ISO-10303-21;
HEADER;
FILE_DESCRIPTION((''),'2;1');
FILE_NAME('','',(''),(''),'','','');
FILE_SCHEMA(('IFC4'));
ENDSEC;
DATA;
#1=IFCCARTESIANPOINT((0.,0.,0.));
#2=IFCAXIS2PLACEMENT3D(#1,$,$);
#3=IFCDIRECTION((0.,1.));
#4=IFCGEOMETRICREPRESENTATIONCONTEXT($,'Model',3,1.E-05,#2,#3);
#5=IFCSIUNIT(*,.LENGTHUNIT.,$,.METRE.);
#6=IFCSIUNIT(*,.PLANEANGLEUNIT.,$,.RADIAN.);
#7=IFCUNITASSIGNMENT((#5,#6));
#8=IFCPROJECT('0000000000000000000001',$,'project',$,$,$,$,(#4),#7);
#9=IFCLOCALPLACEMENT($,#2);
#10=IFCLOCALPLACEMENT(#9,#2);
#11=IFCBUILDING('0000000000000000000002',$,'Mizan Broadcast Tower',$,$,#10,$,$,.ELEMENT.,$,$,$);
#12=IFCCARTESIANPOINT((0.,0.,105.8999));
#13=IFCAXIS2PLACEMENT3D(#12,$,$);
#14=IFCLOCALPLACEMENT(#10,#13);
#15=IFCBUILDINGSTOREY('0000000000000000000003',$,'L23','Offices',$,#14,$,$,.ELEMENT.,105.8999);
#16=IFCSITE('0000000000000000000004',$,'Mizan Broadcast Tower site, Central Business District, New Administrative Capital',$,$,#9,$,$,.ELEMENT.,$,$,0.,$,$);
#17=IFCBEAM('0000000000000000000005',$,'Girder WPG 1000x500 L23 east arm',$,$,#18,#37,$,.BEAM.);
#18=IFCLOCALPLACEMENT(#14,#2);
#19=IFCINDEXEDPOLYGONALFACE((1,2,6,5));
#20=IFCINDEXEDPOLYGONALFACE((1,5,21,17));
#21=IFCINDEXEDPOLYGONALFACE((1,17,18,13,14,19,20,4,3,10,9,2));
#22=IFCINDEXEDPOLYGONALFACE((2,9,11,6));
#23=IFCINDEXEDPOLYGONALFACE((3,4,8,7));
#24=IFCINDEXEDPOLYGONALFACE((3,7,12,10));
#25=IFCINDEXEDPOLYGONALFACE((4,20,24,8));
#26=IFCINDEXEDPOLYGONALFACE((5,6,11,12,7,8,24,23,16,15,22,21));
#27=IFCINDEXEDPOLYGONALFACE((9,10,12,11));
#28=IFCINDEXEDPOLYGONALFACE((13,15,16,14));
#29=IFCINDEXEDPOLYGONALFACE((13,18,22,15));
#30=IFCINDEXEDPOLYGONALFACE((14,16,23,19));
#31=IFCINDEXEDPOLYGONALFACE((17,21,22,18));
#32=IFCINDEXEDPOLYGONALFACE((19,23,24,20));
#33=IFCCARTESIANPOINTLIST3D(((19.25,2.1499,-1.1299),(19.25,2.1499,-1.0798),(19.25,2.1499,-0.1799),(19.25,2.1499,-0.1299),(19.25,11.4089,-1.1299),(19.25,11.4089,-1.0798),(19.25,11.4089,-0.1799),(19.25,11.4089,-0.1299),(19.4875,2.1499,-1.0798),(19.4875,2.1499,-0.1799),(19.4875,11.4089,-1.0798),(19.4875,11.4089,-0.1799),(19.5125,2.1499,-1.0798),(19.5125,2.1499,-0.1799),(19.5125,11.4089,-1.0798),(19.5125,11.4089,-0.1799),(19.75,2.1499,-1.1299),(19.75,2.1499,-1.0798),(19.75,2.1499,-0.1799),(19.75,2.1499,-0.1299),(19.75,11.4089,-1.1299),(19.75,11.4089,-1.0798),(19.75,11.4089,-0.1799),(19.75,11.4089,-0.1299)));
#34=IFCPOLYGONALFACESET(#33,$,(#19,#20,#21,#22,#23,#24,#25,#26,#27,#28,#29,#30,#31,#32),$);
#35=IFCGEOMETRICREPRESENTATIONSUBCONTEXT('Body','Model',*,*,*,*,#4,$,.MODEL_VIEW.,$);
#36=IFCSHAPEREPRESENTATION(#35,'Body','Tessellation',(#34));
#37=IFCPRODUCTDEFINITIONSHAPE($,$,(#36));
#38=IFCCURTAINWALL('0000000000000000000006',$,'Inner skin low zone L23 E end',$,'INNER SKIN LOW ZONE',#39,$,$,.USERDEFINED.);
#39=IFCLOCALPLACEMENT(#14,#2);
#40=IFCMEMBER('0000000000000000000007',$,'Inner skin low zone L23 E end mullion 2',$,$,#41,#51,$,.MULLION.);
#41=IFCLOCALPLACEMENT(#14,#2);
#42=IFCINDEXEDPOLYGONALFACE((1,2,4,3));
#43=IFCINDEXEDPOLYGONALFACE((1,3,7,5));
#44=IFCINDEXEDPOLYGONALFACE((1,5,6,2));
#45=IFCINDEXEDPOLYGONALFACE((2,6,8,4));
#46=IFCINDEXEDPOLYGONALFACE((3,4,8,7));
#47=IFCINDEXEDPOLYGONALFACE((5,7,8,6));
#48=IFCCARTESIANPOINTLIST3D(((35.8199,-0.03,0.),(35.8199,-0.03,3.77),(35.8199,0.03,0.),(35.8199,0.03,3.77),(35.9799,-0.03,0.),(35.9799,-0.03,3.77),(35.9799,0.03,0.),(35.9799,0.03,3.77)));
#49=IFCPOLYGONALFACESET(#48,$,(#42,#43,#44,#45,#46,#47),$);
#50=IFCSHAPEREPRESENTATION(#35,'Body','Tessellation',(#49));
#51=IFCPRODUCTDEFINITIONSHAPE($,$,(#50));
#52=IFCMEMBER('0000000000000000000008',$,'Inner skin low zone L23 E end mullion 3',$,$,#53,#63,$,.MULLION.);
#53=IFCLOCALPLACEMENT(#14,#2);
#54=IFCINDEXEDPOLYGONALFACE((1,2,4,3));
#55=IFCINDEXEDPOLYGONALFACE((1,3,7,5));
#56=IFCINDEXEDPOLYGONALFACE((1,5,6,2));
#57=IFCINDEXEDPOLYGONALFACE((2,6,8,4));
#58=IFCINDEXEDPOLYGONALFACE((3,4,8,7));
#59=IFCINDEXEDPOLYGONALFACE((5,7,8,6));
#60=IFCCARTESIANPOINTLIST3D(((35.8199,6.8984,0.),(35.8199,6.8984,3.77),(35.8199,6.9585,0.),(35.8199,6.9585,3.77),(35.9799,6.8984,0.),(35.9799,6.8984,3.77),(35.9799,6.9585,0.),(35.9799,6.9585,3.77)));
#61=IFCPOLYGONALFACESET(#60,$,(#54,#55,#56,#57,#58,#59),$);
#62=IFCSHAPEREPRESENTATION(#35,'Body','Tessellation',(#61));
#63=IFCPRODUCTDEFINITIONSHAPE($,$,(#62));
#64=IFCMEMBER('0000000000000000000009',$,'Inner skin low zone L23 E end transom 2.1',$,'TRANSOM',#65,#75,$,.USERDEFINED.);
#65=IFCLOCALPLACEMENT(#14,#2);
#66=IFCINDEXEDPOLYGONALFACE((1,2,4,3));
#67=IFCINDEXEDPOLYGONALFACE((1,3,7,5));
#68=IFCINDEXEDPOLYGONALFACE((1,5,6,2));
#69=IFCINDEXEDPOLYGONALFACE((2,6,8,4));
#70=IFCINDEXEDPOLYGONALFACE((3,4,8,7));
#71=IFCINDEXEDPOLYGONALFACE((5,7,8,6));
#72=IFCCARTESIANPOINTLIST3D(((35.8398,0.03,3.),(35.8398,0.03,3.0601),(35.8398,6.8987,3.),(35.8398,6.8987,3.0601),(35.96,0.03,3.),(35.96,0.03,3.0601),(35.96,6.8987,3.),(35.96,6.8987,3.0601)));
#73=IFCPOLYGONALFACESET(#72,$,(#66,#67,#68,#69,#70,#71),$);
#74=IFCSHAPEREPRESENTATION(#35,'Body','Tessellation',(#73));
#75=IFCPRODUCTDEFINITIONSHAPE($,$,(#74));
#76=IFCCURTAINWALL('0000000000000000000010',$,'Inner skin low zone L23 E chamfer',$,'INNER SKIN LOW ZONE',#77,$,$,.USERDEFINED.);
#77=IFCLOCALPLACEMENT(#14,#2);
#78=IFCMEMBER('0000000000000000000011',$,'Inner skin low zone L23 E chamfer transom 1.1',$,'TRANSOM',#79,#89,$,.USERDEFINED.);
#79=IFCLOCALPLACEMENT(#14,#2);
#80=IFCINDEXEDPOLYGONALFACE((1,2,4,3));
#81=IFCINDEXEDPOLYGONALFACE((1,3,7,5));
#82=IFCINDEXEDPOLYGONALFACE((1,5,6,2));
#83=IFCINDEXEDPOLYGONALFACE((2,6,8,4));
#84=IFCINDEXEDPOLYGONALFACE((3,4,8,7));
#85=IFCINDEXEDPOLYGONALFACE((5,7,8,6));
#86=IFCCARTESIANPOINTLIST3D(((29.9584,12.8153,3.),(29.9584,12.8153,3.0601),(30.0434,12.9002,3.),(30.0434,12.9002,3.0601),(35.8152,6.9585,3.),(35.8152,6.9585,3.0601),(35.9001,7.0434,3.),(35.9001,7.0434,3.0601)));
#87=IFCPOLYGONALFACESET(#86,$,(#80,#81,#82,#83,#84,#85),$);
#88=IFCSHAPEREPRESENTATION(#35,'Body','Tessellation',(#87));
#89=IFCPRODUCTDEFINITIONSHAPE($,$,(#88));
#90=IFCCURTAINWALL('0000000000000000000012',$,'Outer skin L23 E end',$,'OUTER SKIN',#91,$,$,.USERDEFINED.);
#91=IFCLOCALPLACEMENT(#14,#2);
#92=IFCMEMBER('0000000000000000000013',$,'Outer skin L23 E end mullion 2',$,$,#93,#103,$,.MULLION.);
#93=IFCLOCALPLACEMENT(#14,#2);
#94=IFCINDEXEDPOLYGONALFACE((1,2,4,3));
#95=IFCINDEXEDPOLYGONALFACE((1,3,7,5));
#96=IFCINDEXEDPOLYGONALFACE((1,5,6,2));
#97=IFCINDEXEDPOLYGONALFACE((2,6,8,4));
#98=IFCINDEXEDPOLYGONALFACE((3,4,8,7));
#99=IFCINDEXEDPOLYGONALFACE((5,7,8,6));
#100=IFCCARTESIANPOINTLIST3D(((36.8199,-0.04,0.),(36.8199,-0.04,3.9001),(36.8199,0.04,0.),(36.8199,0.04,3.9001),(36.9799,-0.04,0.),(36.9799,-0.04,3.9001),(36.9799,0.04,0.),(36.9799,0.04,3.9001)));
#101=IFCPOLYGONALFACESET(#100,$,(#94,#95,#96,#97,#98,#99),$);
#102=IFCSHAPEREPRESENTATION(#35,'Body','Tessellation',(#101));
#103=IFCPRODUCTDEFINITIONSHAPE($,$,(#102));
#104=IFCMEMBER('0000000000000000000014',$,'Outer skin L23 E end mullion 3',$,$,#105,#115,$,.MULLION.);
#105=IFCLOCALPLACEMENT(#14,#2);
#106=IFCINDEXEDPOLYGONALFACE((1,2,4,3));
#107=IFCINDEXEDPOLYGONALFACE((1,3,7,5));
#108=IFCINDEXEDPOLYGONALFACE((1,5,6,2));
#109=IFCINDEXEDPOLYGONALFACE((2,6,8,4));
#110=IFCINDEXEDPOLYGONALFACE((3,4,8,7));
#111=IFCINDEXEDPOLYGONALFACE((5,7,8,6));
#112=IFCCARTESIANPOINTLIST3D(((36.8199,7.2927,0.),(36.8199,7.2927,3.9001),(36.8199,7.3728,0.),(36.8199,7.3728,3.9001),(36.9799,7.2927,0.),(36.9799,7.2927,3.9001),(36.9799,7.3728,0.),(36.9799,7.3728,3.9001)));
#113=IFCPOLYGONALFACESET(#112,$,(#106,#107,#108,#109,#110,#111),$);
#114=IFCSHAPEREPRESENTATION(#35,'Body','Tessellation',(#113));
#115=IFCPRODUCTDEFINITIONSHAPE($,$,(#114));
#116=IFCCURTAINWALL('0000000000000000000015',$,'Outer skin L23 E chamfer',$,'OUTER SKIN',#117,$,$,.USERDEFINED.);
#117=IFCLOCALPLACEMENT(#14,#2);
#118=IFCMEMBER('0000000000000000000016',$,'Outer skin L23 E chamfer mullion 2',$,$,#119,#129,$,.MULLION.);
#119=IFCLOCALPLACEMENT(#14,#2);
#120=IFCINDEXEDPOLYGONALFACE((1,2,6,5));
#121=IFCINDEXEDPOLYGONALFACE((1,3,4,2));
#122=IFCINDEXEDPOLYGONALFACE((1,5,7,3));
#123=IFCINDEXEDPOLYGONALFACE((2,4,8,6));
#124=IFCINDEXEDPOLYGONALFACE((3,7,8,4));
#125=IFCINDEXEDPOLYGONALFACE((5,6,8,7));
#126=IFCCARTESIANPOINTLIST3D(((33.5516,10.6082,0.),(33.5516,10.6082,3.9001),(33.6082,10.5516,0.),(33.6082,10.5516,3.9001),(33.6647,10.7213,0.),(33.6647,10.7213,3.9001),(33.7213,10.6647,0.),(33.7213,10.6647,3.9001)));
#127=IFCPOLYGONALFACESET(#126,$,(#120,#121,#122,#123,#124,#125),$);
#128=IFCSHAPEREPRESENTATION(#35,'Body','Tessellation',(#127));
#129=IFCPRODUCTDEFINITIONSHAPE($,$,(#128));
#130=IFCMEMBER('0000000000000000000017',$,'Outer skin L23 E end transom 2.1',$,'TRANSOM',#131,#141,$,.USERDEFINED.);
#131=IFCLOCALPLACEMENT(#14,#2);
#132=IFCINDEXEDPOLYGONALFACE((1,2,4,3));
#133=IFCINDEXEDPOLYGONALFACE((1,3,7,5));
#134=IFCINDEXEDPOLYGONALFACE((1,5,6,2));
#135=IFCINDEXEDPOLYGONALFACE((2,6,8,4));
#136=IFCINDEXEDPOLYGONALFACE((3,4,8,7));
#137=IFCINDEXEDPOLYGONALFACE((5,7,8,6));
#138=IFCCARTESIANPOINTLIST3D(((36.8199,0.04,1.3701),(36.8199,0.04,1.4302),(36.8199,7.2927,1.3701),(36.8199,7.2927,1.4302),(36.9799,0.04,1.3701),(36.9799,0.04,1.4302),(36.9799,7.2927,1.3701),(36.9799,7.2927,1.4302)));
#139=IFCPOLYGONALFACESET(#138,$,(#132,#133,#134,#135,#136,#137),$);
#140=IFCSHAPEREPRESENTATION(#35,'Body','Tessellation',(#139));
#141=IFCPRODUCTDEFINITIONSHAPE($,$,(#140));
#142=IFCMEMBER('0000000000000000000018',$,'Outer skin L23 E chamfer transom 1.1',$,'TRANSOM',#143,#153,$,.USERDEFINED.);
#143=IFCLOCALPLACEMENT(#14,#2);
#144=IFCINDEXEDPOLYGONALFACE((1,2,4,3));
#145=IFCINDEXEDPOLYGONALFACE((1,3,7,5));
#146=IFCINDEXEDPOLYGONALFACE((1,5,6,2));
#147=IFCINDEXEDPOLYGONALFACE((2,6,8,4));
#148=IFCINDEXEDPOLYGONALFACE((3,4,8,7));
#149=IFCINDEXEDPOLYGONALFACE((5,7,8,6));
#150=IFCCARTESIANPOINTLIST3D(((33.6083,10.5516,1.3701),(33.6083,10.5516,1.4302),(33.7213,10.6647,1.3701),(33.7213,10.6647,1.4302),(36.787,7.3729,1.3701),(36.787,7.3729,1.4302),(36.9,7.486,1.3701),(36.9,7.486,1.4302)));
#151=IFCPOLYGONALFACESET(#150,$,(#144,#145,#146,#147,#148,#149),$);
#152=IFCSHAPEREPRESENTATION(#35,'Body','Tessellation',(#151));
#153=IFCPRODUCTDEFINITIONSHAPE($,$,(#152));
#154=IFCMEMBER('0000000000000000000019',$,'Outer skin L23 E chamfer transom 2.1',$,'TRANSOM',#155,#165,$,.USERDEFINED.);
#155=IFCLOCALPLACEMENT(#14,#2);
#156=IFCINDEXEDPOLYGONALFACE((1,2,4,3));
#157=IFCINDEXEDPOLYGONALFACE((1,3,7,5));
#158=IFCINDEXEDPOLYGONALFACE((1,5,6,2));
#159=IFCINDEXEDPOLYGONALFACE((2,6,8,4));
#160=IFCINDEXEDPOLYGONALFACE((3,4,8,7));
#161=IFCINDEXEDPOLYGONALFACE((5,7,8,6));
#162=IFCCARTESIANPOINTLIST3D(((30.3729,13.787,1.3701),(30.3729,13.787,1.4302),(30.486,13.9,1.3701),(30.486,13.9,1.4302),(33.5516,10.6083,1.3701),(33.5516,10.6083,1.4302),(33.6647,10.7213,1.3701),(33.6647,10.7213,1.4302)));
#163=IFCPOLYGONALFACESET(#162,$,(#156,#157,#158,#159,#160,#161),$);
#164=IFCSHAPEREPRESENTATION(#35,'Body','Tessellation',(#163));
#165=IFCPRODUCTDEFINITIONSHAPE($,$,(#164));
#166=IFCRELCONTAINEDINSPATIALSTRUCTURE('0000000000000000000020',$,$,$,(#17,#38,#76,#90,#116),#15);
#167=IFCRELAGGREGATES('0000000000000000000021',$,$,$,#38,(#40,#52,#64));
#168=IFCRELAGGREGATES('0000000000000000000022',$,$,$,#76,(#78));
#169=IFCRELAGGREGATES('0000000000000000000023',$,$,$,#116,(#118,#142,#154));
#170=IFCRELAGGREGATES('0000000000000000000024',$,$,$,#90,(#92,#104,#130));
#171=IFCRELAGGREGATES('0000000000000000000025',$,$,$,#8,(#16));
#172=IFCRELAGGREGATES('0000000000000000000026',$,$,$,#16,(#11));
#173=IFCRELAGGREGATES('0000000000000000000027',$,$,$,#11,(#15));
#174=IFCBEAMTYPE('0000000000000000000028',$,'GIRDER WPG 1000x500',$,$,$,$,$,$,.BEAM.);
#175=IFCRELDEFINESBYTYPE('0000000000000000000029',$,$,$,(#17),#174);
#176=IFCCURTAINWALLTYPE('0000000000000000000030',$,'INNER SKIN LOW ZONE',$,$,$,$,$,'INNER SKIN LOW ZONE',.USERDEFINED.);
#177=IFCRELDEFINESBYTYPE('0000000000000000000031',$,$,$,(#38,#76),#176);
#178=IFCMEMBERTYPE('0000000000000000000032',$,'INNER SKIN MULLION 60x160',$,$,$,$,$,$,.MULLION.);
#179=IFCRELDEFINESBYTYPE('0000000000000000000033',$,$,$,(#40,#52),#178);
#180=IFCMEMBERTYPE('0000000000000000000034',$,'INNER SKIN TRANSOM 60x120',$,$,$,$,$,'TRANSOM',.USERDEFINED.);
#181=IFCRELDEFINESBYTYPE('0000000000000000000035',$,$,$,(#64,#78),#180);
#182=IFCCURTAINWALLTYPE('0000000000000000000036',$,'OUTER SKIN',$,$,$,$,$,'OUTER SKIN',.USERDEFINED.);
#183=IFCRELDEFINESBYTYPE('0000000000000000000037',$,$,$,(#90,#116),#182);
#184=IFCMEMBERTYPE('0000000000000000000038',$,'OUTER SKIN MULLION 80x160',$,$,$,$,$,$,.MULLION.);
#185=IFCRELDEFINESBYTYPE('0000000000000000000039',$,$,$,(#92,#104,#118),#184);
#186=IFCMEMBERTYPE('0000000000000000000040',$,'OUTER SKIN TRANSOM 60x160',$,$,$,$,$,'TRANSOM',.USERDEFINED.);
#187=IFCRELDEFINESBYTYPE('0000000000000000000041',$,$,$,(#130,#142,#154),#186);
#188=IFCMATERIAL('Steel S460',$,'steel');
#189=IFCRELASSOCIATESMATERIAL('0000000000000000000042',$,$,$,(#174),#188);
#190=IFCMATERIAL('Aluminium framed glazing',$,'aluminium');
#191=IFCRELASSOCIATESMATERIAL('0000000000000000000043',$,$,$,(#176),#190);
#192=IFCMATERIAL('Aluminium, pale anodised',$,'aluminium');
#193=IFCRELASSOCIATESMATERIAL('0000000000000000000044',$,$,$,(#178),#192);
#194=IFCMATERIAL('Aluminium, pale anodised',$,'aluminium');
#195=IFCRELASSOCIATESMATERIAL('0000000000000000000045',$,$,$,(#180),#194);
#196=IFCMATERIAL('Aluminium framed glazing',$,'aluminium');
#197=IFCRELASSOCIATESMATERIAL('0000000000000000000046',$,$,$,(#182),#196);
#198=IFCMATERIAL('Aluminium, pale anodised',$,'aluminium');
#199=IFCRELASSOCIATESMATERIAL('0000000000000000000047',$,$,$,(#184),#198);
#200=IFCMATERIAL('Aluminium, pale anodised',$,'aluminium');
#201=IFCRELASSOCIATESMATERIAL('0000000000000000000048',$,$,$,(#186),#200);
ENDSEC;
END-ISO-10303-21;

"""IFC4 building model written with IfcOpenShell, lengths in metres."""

from ifc_helpers import new_model, si_unit, direction, frame, origin, origin_2d, place, context, subcontext, project, spatial, rectangle, i_section, extrude, material, material_profile, profile_set, type_object, element, aggregate, save


model = new_model("IFC4")

# Units and contexts
model_context = context("Model", 3, precision=1e-05, world=origin(), true_north=direction((0.0, 1.0)))
body_context = subcontext(model_context, "Body", "Model", "MODEL_VIEW")
ifc_project = project(units=[si_unit("LENGTHUNIT", "METRE"), si_unit("PLANEANGLEUNIT", "RADIAN")], contexts=[model_context])

# Site, building, storey
site_placement = place(None, origin())
site = spatial("IfcSite", under=ifc_project, at=site_placement, Name="Mizan Broadcast Tower site, Central Business District, New Administrative Capital", CompositionType="ELEMENT", RefElevation=0.0)
building_placement = place(site_placement, origin())
building = spatial("IfcBuilding", under=site, at=building_placement, Name="Mizan Broadcast Tower", CompositionType="ELEMENT")
storey_placement = place(building_placement, frame((0.0, 0.0, 105.8999)))
storey = spatial("IfcBuildingStorey", under=building, at=storey_placement, Name="L23", Description="Offices", CompositionType="ELEMENT", Elevation=105.8999)

# Beam
ifc_material_1 = material(Name="Steel S460", Category="steel")
ifc_material_profile_1 = material_profile(ifc_material_1, i_section(OverallWidth=0.5, OverallDepth=1.0, WebThickness=0.0249, FlangeThickness=0.05, at=origin_2d()), Name="WPG 1000x500")
ifc_profile_set_1 = profile_set([ifc_material_profile_1], Name="Steel S460")
beam_type_1 = type_object("IfcBeamType", Name="GIRDER WPG 1000x500", PredefinedType="BEAM", material=ifc_profile_set_1)
beam_1_placement = place(storey_placement, frame((19.5, 11.4089, -0.6299), z_axis=(0.0, -1.0, 0.0), x_axis=(1.0, 0.0, 0.0)))
element("IfcBeam", 1, at=beam_1_placement, inside=storey, type_object=beam_type_1, Name="Girder WPG 1000x500 L23 east arm", PredefinedType="BEAM", context=body_context, shape_type="SweptSolid", body=[
    extrude(i_section(OverallWidth=0.5, OverallDepth=1.0, WebThickness=0.0249, FlangeThickness=0.05, at=origin_2d()), origin(), (0.0, 0.0, 1.0), 9.259),
])

# Curtain wall, members
ifc_material_2 = material(Name="Aluminium framed glazing", Category="aluminium")
curtain_wall_type_1 = type_object("IfcCurtainWallType", Name="INNER SKIN LOW ZONE", ElementType="INNER SKIN LOW ZONE", PredefinedType="USERDEFINED", material=ifc_material_2)
curtain_wall_1_placement = place(storey_placement, origin())
curtain_wall_1 = element("IfcCurtainWall", 2, at=curtain_wall_1_placement, inside=storey, type_object=curtain_wall_type_1, Name="Inner skin low zone L23 E end", ObjectType="INNER SKIN LOW ZONE", PredefinedType="USERDEFINED")
ifc_material_3 = material(Name="Aluminium, pale anodised", Category="aluminium")
ifc_material_profile_2 = material_profile(ifc_material_3, rectangle(XDim=0.1599, YDim=0.0601, at=origin_2d()), Name="MULLION 160x60")
ifc_profile_set_2 = profile_set([ifc_material_profile_2], Name="Aluminium, pale anodised")
member_type_1 = type_object("IfcMemberType", Name="INNER SKIN MULLION 60x160", PredefinedType="MULLION", material=ifc_profile_set_2)
member_1_placement = place(storey_placement, frame((35.8999, 0.0, 0.0), z_axis=(0.0, 0.0, 1.0), x_axis=(-1.0, 0.0, 0.0)))
member_1 = element("IfcMember", 3, at=member_1_placement, type_object=member_type_1, Name="Inner skin low zone L23 E end mullion 2", PredefinedType="MULLION", context=body_context, shape_type="SweptSolid", body=[
    extrude(rectangle(XDim=0.1599, YDim=0.0601, at=origin_2d()), origin(), (0.0, 0.0, 1.0), 3.77),
])
member_2_placement = place(storey_placement, frame((35.8999, 6.9285, 0.0), z_axis=(0.0, 0.0, 1.0), x_axis=(-1.0, 0.0, 0.0)))
member_2 = element("IfcMember", 4, at=member_2_placement, type_object=member_type_1, Name="Inner skin low zone L23 E end mullion 3", PredefinedType="MULLION", context=body_context, shape_type="SweptSolid", body=[
    extrude(rectangle(XDim=0.1599, YDim=0.0601, at=origin_2d()), origin(), (0.0, 0.0, 1.0), 3.77),
])
ifc_material_4 = material(Name="Aluminium, pale anodised", Category="aluminium")
ifc_material_profile_3 = material_profile(ifc_material_4, rectangle(XDim=0.1201, YDim=0.0601, at=origin_2d()), Name="TRANSOM 120x60")
ifc_profile_set_3 = profile_set([ifc_material_profile_3], Name="Aluminium, pale anodised")
member_type_2 = type_object("IfcMemberType", Name="INNER SKIN TRANSOM 60x120", ElementType="TRANSOM", PredefinedType="USERDEFINED", material=ifc_profile_set_3)
member_3_placement = place(storey_placement, frame((35.8999, 0.03, 3.03), z_axis=(0.0, 1.0, 0.0), x_axis=(-1.0, 0.0, 0.0)))
member_3 = element("IfcMember", 5, at=member_3_placement, type_object=member_type_2, Name="Inner skin low zone L23 E end transom 2.1", ObjectType="TRANSOM", PredefinedType="USERDEFINED", context=body_context, shape_type="SweptSolid", body=[
    extrude(rectangle(XDim=0.1201, YDim=0.0601, at=origin_2d()), origin(), (0.0, 0.0, 1.0), 6.8687),
])

# Curtain wall, member
curtain_wall_2_placement = place(storey_placement, origin())
curtain_wall_2 = element("IfcCurtainWall", 6, at=curtain_wall_2_placement, inside=storey, type_object=curtain_wall_type_1, Name="Inner skin low zone L23 E chamfer", ObjectType="INNER SKIN LOW ZONE", PredefinedType="USERDEFINED")
member_4_placement = place(storey_placement, frame((35.8577, 7.001, 3.03), z_axis=(-0.707107, 0.707107, 0.0), x_axis=(-0.707107, -0.707107, 0.0)))
member_4 = element("IfcMember", 7, at=member_4_placement, type_object=member_type_2, Name="Inner skin low zone L23 E chamfer transom 1.1", ObjectType="TRANSOM", PredefinedType="USERDEFINED", context=body_context, shape_type="SweptSolid", body=[
    extrude(rectangle(XDim=0.1201, YDim=0.0601, at=origin_2d()), origin(), (0.0, 0.0, 1.0), 8.2827),
])

# Curtain wall, members
ifc_material_5 = material(Name="Aluminium framed glazing", Category="aluminium")
curtain_wall_type_2 = type_object("IfcCurtainWallType", Name="OUTER SKIN", ElementType="OUTER SKIN", PredefinedType="USERDEFINED", material=ifc_material_5)
curtain_wall_3_placement = place(storey_placement, origin())
curtain_wall_3 = element("IfcCurtainWall", 8, at=curtain_wall_3_placement, inside=storey, type_object=curtain_wall_type_2, Name="Outer skin L23 E end", ObjectType="OUTER SKIN", PredefinedType="USERDEFINED")
ifc_material_6 = material(Name="Aluminium, pale anodised", Category="aluminium")
ifc_material_profile_4 = material_profile(ifc_material_6, rectangle(XDim=0.1599, YDim=0.0801, at=origin_2d()), Name="MULLION 160x80")
ifc_profile_set_4 = profile_set([ifc_material_profile_4], Name="Aluminium, pale anodised")
member_type_3 = type_object("IfcMemberType", Name="OUTER SKIN MULLION 80x160", PredefinedType="MULLION", material=ifc_profile_set_4)
member_5_placement = place(storey_placement, frame((36.8999, 0.0, 0.0), z_axis=(0.0, 0.0, 1.0), x_axis=(-1.0, 0.0, 0.0)))
member_5 = element("IfcMember", 9, at=member_5_placement, type_object=member_type_3, Name="Outer skin L23 E end mullion 2", PredefinedType="MULLION", context=body_context, shape_type="SweptSolid", body=[
    extrude(rectangle(XDim=0.1599, YDim=0.0801, at=origin_2d()), origin(), (0.0, 0.0, 1.0), 3.9001),
])
member_6_placement = place(storey_placement, frame((36.8999, 7.3328, 0.0), z_axis=(0.0, 0.0, 1.0), x_axis=(-1.0, 0.0, 0.0)))
member_6 = element("IfcMember", 10, at=member_6_placement, type_object=member_type_3, Name="Outer skin L23 E end mullion 3", PredefinedType="MULLION", context=body_context, shape_type="SweptSolid", body=[
    extrude(rectangle(XDim=0.1599, YDim=0.0801, at=origin_2d()), origin(), (0.0, 0.0, 1.0), 3.9001),
])

# Curtain wall, member
curtain_wall_4_placement = place(storey_placement, origin())
curtain_wall_4 = element("IfcCurtainWall", 11, at=curtain_wall_4_placement, inside=storey, type_object=curtain_wall_type_2, Name="Outer skin L23 E chamfer", ObjectType="OUTER SKIN", PredefinedType="USERDEFINED")
member_7_placement = place(storey_placement, frame((33.6365, 10.6365, 0.0), z_axis=(0.0, 0.0, 1.0), x_axis=(-0.707107, -0.707107, 0.0)))
member_7 = element("IfcMember", 12, at=member_7_placement, type_object=member_type_3, Name="Outer skin L23 E chamfer mullion 2", PredefinedType="MULLION", context=body_context, shape_type="SweptSolid", body=[
    extrude(rectangle(XDim=0.1599, YDim=0.0801, at=origin_2d()), origin(), (0.0, 0.0, 1.0), 3.9001),
])

# Members
ifc_material_7 = material(Name="Aluminium, pale anodised", Category="aluminium")
ifc_material_profile_5 = material_profile(ifc_material_7, rectangle(XDim=0.1599, YDim=0.0601, at=origin_2d()), Name="TRANSOM 160x60")
ifc_profile_set_5 = profile_set([ifc_material_profile_5], Name="Aluminium, pale anodised")
member_type_4 = type_object("IfcMemberType", Name="OUTER SKIN TRANSOM 60x160", ElementType="TRANSOM", PredefinedType="USERDEFINED", material=ifc_profile_set_5)
member_8_placement = place(storey_placement, frame((36.8999, 0.04, 1.4001), z_axis=(0.0, 1.0, 0.0), x_axis=(-1.0, 0.0, 0.0)))
member_8 = element("IfcMember", 13, at=member_8_placement, type_object=member_type_4, Name="Outer skin L23 E end transom 2.1", ObjectType="TRANSOM", PredefinedType="USERDEFINED", context=body_context, shape_type="SweptSolid", body=[
    extrude(rectangle(XDim=0.1599, YDim=0.0601, at=origin_2d()), origin(), (0.0, 0.0, 1.0), 7.2527),
])
member_9_placement = place(storey_placement, frame((36.8435, 7.4294, 1.4001), z_axis=(-0.707107, 0.707107, 0.0), x_axis=(-0.707107, -0.707107, 0.0)))
member_9 = element("IfcMember", 14, at=member_9_placement, type_object=member_type_4, Name="Outer skin L23 E chamfer transom 1.1", ObjectType="TRANSOM", PredefinedType="USERDEFINED", context=body_context, shape_type="SweptSolid", body=[
    extrude(rectangle(XDim=0.1599, YDim=0.0601, at=origin_2d()), origin(), (0.0, 0.0, 1.0), 4.4954),
])
member_10_placement = place(storey_placement, frame((33.6082, 10.6648, 1.4001), z_axis=(-0.707107, 0.707107, 0.0), x_axis=(-0.707107, -0.707107, 0.0)))
member_10 = element("IfcMember", 15, at=member_10_placement, type_object=member_type_4, Name="Outer skin L23 E chamfer transom 2.1", ObjectType="TRANSOM", PredefinedType="USERDEFINED", context=body_context, shape_type="SweptSolid", body=[
    extrude(rectangle(XDim=0.1599, YDim=0.0601, at=origin_2d()), origin(), (0.0, 0.0, 1.0), 4.4954),
])

aggregate(curtain_wall_1, [member_1, member_2, member_3])
aggregate(curtain_wall_2, [member_4])
aggregate(curtain_wall_4, [member_7, member_9, member_10])
aggregate(curtain_wall_3, [member_5, member_6, member_8])

save(model, "model.ifc")
